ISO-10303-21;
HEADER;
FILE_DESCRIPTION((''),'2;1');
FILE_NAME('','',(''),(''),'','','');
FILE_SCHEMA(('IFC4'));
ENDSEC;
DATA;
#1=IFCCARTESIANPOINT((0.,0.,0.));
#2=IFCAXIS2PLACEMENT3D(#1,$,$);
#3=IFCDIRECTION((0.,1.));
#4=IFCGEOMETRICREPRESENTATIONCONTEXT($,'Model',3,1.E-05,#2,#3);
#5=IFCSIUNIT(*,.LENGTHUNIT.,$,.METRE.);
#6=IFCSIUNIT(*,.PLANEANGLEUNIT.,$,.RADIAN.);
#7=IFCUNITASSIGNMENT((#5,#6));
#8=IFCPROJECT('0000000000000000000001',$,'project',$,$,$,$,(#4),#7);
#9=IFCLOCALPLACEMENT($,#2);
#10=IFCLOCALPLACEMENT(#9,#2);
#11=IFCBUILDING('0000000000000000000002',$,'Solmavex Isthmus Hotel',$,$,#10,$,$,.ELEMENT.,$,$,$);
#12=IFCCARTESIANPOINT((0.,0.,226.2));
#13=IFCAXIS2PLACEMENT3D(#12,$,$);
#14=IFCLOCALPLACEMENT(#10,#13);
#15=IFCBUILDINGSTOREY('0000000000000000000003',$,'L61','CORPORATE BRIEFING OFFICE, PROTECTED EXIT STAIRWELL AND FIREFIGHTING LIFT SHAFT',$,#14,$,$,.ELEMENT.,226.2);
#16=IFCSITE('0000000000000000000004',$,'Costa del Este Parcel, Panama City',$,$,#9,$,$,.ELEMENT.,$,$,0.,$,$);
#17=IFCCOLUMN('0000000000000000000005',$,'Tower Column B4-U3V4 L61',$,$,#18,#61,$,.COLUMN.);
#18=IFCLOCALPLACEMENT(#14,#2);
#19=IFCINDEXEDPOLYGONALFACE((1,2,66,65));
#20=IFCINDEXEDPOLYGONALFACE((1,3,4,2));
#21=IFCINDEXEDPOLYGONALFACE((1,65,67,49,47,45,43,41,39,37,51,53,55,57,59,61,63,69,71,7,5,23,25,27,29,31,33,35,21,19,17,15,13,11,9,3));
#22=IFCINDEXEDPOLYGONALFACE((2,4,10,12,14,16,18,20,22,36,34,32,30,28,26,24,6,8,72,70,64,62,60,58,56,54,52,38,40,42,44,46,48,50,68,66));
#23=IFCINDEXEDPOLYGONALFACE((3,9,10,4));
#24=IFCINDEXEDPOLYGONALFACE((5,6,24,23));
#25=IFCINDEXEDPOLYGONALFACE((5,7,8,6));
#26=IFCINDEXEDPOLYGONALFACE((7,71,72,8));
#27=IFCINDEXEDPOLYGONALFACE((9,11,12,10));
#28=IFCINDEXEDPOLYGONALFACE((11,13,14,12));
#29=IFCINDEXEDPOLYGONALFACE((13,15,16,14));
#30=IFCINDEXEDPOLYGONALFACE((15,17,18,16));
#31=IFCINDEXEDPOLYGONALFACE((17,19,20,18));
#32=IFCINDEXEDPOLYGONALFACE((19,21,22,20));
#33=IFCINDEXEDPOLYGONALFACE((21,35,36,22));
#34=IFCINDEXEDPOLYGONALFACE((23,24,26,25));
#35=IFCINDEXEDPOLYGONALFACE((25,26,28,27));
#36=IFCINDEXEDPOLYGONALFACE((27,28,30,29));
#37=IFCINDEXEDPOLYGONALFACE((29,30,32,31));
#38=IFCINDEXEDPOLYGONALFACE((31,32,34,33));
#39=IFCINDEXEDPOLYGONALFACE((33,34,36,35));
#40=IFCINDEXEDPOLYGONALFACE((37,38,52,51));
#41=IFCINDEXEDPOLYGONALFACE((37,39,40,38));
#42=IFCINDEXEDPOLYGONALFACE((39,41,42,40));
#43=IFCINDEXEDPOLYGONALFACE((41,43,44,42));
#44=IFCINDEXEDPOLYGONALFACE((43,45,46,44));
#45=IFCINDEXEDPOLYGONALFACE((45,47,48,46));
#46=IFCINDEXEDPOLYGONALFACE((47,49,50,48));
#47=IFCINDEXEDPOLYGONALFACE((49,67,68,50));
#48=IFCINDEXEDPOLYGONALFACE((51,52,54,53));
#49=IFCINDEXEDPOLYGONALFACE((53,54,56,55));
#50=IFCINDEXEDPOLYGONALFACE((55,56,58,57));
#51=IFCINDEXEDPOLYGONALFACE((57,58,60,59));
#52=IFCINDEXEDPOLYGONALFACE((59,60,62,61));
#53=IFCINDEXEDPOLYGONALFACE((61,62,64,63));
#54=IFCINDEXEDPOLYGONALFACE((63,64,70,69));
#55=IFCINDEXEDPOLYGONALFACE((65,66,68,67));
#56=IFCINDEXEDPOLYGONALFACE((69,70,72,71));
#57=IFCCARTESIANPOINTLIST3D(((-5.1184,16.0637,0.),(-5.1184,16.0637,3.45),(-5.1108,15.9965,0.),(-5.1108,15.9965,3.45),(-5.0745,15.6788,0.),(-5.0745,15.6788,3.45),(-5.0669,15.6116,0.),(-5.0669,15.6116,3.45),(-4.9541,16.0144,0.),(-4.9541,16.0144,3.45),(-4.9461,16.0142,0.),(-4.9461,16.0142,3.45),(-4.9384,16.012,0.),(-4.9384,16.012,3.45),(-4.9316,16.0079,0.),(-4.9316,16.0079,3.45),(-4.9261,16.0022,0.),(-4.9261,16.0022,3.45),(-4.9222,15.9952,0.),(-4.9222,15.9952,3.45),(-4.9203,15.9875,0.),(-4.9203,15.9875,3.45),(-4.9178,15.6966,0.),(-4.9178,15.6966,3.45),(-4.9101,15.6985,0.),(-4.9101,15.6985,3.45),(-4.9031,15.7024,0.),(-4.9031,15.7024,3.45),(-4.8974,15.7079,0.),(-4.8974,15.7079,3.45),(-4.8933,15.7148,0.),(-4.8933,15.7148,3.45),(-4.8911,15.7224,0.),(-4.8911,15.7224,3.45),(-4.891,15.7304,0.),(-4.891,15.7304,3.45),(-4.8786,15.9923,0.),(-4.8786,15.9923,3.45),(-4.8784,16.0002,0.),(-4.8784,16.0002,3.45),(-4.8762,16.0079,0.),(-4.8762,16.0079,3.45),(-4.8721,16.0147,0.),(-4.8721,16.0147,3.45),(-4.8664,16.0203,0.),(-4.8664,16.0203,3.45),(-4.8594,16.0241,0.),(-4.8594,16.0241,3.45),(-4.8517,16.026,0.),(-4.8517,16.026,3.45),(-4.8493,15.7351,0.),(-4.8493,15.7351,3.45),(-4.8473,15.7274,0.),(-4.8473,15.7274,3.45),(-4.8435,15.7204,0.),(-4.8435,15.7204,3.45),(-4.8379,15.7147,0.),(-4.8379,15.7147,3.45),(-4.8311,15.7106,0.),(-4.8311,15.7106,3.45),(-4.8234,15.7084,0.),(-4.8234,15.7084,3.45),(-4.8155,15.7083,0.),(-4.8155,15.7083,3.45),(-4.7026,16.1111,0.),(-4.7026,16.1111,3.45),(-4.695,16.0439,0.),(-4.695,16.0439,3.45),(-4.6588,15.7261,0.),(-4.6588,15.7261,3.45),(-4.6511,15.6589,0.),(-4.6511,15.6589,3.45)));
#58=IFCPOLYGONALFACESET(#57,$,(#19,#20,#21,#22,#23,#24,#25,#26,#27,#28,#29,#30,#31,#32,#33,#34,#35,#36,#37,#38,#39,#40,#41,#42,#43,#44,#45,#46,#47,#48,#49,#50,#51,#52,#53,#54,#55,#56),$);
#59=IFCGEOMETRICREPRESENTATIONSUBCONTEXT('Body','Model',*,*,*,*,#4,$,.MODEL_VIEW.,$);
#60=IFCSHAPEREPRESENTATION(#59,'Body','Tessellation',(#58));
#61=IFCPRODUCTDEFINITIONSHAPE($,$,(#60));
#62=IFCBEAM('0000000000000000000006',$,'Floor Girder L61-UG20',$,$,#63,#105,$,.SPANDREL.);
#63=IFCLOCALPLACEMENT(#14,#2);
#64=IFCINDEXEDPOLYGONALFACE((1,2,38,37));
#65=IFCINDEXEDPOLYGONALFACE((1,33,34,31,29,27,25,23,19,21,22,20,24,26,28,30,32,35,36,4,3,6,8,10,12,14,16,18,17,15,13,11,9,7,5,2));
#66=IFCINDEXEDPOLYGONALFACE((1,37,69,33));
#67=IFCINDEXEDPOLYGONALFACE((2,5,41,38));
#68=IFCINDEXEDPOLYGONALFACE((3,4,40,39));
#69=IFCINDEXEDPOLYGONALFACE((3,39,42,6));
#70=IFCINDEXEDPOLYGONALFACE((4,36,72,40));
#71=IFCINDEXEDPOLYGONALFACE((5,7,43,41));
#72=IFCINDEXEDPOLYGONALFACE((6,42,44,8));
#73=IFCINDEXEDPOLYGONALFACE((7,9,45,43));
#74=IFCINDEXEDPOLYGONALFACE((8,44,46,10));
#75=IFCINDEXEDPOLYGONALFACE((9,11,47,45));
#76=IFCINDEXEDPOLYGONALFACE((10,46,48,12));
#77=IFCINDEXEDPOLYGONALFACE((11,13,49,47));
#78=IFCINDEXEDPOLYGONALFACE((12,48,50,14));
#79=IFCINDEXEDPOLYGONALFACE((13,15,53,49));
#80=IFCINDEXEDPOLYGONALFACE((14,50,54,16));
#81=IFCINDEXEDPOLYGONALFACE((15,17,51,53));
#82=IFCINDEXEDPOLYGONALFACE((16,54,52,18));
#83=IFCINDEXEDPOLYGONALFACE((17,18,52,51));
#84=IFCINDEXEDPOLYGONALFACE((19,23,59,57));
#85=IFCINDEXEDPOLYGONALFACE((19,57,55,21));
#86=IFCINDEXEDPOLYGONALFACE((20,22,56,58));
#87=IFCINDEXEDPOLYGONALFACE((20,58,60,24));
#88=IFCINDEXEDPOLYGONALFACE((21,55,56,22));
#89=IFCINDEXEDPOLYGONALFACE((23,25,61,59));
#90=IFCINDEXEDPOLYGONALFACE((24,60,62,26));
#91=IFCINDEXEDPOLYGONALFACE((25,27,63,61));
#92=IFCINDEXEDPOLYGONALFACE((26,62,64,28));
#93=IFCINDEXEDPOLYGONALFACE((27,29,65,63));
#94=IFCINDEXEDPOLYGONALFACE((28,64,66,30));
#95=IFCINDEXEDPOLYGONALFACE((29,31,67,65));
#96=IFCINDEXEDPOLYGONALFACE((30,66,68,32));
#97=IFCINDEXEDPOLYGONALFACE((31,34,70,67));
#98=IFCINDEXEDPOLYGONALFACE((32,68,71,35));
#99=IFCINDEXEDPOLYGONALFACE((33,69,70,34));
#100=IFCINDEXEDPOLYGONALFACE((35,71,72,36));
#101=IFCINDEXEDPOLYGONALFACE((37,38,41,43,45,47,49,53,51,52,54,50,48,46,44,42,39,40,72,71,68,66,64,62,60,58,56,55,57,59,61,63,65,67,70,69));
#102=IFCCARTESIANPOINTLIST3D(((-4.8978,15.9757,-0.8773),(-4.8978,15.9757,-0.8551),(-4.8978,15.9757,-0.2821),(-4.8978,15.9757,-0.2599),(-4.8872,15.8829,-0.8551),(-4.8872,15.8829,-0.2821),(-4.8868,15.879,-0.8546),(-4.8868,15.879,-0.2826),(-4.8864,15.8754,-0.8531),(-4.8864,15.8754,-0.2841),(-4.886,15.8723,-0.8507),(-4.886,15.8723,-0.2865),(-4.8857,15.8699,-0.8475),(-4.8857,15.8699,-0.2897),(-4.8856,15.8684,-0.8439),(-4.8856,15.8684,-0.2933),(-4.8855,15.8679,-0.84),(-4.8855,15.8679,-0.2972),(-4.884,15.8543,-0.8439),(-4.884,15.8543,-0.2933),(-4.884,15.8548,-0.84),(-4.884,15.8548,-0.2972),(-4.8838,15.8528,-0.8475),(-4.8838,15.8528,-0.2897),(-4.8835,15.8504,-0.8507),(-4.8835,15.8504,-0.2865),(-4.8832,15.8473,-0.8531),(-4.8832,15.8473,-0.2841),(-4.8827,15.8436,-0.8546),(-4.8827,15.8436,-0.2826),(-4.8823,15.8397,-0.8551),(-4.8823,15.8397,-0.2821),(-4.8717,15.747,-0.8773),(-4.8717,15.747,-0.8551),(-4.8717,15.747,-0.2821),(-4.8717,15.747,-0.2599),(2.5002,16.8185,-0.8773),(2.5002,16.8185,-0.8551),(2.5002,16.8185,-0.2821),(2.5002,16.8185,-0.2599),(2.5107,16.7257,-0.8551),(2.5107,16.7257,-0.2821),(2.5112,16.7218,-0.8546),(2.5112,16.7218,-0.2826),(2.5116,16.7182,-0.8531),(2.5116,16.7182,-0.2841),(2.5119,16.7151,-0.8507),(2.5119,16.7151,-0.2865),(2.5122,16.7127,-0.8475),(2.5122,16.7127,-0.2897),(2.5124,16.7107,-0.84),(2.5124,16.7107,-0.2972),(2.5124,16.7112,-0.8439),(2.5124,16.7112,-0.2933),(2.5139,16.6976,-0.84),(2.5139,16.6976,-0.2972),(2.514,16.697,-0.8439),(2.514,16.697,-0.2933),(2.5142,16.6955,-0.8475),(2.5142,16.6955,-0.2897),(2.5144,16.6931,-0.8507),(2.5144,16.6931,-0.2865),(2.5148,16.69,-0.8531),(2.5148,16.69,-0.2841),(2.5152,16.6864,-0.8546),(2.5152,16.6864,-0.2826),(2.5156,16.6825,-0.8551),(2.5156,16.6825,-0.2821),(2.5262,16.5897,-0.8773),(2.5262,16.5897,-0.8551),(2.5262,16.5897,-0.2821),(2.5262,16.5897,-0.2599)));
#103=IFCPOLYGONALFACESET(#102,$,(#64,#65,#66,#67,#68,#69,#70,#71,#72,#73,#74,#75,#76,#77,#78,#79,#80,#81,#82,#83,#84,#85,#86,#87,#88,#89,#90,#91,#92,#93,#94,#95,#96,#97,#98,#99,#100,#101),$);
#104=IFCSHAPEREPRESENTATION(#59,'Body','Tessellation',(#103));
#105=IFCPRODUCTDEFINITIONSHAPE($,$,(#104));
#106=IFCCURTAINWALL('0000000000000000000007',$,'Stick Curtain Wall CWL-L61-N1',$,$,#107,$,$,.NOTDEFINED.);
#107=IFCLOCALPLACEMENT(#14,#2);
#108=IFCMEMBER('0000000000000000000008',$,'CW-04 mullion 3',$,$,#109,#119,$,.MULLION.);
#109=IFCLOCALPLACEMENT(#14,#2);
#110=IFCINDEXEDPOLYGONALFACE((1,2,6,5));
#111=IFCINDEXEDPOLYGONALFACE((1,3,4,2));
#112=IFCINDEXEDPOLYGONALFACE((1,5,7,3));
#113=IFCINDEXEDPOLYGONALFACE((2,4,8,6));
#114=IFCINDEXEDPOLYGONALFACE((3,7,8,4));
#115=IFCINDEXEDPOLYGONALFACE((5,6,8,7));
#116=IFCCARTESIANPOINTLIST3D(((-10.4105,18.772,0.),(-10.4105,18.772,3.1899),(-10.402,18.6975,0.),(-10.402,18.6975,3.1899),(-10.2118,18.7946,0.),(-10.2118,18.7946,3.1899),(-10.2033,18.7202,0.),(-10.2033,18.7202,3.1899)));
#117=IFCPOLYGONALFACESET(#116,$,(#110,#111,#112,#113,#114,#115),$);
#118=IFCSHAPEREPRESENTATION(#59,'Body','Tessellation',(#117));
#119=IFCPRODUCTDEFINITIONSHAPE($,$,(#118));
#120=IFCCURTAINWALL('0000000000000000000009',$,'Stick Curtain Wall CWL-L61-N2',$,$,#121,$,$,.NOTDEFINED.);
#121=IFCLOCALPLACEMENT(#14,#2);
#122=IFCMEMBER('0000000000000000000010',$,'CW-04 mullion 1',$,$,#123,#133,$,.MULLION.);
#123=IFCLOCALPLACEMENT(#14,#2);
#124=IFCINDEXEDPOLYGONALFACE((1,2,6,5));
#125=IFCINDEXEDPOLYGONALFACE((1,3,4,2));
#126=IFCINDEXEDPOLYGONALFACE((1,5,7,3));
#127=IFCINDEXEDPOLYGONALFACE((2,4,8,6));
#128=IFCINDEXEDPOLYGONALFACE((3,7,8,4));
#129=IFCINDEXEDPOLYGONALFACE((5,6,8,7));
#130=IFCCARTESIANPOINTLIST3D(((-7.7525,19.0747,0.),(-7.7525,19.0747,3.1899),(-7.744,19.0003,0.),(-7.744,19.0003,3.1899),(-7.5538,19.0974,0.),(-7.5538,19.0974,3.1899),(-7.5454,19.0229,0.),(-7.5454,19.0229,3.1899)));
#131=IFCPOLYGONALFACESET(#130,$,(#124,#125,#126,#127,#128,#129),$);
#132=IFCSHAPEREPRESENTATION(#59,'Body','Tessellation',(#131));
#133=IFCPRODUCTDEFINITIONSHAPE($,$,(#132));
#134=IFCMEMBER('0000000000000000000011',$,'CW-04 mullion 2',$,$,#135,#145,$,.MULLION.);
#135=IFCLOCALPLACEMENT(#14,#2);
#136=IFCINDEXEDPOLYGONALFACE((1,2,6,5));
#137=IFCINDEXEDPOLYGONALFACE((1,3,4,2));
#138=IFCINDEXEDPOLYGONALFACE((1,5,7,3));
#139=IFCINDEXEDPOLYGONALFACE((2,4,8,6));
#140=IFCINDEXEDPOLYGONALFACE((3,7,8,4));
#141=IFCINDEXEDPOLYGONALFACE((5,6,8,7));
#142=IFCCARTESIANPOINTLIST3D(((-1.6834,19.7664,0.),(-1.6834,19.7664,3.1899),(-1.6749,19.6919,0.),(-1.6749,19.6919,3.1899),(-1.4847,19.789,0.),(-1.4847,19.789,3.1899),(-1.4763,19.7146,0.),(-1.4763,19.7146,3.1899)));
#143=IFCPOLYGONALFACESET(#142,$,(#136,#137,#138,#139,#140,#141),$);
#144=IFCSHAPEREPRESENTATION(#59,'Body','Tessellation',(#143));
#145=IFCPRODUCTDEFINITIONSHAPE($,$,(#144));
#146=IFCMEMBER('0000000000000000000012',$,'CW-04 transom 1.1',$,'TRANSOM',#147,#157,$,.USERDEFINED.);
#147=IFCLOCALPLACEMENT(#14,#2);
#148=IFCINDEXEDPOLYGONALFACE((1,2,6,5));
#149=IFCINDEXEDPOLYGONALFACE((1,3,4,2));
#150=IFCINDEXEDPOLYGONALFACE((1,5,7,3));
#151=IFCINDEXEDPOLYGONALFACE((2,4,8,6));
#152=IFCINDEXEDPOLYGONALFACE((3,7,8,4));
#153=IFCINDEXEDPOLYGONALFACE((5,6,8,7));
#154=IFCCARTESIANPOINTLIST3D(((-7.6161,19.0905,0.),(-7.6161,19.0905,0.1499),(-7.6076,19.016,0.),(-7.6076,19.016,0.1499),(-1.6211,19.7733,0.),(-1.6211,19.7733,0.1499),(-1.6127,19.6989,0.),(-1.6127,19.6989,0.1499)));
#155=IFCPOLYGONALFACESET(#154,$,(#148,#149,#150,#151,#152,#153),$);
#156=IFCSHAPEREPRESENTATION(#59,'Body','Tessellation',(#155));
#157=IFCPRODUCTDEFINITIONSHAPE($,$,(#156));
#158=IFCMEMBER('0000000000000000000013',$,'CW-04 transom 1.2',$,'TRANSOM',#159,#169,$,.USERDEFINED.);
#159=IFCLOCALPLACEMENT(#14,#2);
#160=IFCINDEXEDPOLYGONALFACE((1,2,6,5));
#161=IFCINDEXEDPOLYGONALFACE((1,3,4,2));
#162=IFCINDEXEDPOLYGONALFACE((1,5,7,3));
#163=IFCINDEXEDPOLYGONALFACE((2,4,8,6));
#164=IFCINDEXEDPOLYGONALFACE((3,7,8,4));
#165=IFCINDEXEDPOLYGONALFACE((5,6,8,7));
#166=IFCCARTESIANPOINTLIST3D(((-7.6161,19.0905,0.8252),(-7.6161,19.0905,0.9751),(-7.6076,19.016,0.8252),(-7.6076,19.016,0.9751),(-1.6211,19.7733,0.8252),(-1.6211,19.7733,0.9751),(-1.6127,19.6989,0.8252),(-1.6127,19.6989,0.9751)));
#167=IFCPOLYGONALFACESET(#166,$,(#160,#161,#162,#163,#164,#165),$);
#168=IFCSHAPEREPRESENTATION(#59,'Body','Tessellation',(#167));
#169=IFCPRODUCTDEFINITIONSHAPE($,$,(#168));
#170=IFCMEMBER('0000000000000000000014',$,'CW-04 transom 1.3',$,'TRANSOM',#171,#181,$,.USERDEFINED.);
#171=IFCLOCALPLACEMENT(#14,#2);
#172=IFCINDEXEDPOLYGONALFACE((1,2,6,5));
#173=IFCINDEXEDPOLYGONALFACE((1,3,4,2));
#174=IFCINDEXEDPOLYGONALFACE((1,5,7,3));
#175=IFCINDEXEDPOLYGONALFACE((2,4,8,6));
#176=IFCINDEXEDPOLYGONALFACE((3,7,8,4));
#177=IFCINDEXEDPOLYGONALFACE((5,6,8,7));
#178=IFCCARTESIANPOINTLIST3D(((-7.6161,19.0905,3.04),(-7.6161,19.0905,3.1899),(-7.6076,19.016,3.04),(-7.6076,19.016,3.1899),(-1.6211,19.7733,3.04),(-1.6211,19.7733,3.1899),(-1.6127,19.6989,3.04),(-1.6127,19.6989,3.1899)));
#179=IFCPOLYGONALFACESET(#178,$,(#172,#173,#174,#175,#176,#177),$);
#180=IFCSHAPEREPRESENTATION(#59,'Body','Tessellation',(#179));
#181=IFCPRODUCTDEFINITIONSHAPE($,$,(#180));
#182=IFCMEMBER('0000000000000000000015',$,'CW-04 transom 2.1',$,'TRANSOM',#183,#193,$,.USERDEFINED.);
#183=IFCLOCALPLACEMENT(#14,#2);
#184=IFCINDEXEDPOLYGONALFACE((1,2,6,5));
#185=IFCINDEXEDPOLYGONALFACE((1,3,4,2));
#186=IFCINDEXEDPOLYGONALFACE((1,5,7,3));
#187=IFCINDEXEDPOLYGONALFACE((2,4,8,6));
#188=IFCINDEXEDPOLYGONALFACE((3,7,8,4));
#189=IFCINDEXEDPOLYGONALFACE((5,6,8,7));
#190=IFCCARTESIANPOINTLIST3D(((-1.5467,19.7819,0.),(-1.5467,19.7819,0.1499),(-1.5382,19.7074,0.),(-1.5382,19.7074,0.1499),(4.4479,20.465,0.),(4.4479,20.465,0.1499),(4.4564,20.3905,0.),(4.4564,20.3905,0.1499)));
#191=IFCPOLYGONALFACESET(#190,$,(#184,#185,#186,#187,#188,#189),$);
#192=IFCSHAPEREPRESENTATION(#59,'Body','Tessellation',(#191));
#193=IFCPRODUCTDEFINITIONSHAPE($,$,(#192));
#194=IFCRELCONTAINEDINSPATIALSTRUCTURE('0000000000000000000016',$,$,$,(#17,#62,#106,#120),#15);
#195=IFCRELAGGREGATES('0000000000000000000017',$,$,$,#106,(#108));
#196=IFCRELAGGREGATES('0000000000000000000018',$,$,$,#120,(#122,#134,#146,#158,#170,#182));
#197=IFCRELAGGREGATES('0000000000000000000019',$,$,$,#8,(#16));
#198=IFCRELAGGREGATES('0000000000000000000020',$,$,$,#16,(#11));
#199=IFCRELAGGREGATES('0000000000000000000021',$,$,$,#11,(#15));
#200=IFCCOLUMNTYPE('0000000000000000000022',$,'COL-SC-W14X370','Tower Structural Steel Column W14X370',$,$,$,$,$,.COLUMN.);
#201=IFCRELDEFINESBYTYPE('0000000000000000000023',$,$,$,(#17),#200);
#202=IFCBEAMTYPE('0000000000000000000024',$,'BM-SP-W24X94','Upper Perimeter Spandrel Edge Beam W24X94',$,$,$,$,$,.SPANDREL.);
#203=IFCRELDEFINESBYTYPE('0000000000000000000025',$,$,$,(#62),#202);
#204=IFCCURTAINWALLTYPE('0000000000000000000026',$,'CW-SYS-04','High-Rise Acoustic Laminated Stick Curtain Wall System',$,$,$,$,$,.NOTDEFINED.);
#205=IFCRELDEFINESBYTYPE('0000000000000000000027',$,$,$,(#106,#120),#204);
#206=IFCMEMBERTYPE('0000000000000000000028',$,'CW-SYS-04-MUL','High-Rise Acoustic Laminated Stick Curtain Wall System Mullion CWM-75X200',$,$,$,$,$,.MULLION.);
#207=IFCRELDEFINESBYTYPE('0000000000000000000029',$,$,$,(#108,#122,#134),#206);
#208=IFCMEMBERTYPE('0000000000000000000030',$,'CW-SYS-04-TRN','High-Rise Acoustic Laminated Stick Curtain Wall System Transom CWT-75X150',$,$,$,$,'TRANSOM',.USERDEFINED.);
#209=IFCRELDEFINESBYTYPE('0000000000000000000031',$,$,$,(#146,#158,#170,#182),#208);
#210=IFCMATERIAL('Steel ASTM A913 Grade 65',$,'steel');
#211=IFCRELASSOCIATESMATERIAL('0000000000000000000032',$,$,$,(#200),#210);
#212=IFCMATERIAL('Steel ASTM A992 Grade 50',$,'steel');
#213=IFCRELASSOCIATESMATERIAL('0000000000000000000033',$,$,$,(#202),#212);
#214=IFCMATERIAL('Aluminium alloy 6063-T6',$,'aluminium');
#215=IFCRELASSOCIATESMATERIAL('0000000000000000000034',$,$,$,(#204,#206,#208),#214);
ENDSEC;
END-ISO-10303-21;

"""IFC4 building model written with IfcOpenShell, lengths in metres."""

from ifc_helpers import new_model, si_unit, direction, frame, origin, origin_2d, place, context, subcontext, project, spatial, rectangle, i_section, extrude, material, material_profile, profile_set, type_object, element, aggregate, save


model = new_model("IFC4")

# Units and contexts
model_context = context("Model", 3, precision=1e-05, world=origin(), true_north=direction((0.0, 1.0)))
body_context = subcontext(model_context, "Body", "Model", "MODEL_VIEW")
ifc_project = project(units=[si_unit("LENGTHUNIT", "METRE"), si_unit("PLANEANGLEUNIT", "RADIAN")], contexts=[model_context])

# Site, building, storey
site_placement = place(None, origin())
site = spatial("IfcSite", under=ifc_project, at=site_placement, Name="Costa del Este Parcel, Panama City", CompositionType="ELEMENT", RefElevation=0.0)
building_placement = place(site_placement, origin())
building = spatial("IfcBuilding", under=site, at=building_placement, Name="Solmavex Isthmus Hotel", CompositionType="ELEMENT")
storey_placement = place(building_placement, frame((0.0, 0.0, 226.2)))
storey = spatial("IfcBuildingStorey", under=building, at=storey_placement, Name="L61", Description="CORPORATE BRIEFING OFFICE, PROTECTED EXIT STAIRWELL AND FIREFIGHTING LIFT SHAFT", CompositionType="ELEMENT", Elevation=226.2)

# Column
ifc_material_1 = material(Name="Steel ASTM A913 Grade 65", Category="steel")
ifc_material_profile_1 = material_profile(ifc_material_1, i_section(OverallWidth=0.4185, OverallDepth=0.4551, WebThickness=0.042, FlangeThickness=0.0676, FilletRadius=0.0305, at=origin_2d()), Name="W14X370")
ifc_profile_set_1 = profile_set([ifc_material_profile_1], Name="Steel ASTM A913 Grade 65")
column_type = type_object("IfcColumnType", Name="COL-SC-W14X370", Description="Tower Structural Steel Column W14X370", PredefinedType="COLUMN", material=ifc_profile_set_1)
column_placement = place(storey_placement, frame((-4.8848, 15.8613, 0.0), z_axis=(0.0, 0.0, 1.0), x_axis=(0.993572, 0.113203, 0.0)))
element("IfcColumn", 1, at=column_placement, inside=storey, type_object=column_type, Name="Tower Column B4-U3V4 L61", PredefinedType="COLUMN", context=body_context, shape_type="SweptSolid", body=[
    extrude(i_section(OverallWidth=0.4185, OverallDepth=0.4551, WebThickness=0.042, FlangeThickness=0.0676, FilletRadius=0.0305, at=origin_2d()), origin(), (0.0, 0.0, 1.0), 3.45),
])

# Beam
ifc_material_2 = material(Name="Steel ASTM A992 Grade 50", Category="steel")
ifc_material_profile_2 = material_profile(ifc_material_2, i_section(OverallWidth=0.2302, OverallDepth=0.6174, WebThickness=0.0132, FlangeThickness=0.0222, FilletRadius=0.0151, at=origin_2d()), Name="W24X94")
ifc_profile_set_2 = profile_set([ifc_material_profile_2], Name="Steel ASTM A992 Grade 50")
beam_type = type_object("IfcBeamType", Name="BM-SP-W24X94", Description="Upper Perimeter Spandrel Edge Beam W24X94", PredefinedType="SPANDREL", material=ifc_profile_set_2)
beam_placement = place(storey_placement, frame((-4.8848, 15.8613, -0.5686), z_axis=(0.993574, 0.113188, 0.0), x_axis=(-0.113188, 0.993574, 0.0)))
element("IfcBeam", 2, at=beam_placement, inside=storey, type_object=beam_type, Name="Floor Girder L61-UG20", PredefinedType="SPANDREL", context=body_context, shape_type="SweptSolid", body=[
    extrude(i_section(OverallWidth=0.2302, OverallDepth=0.6174, WebThickness=0.0132, FlangeThickness=0.0222, FilletRadius=0.0151, at=origin_2d()), origin(), (0.0, 0.0, 1.0), 7.4458),
])

# Curtain wall, member
ifc_material_3 = material(Name="Aluminium alloy 6063-T6", Category="aluminium")
curtain_wall_type = type_object("IfcCurtainWallType", Name="CW-SYS-04", Description="High-Rise Acoustic Laminated Stick Curtain Wall System", PredefinedType="NOTDEFINED", material=ifc_material_3)
curtain_wall_1_placement = place(storey_placement, origin())
curtain_wall_1 = element("IfcCurtainWall", 3, at=curtain_wall_1_placement, inside=storey, type_object=curtain_wall_type, Name="Stick Curtain Wall CWL-L61-N1", PredefinedType="NOTDEFINED")
ifc_material_profile_3 = material_profile(ifc_material_3, rectangle(XDim=0.075, YDim=0.2, at=origin_2d()), Name="CWM-75X200")
ifc_profile_set_3 = profile_set([ifc_material_profile_3], Name="Aluminium alloy 6063-T6")
member_type_1 = type_object("IfcMemberType", Name="CW-SYS-04-MUL", Description="High-Rise Acoustic Laminated Stick Curtain Wall System Mullion CWM-75X200", PredefinedType="MULLION", material=ifc_profile_set_3)
member_1_placement = place(storey_placement, frame((-10.3069, 18.7461, 0.0), z_axis=(0.0, 0.0, 1.0), x_axis=(-0.113203, 0.993572, 0.0)))
member_1 = element("IfcMember", 4, at=member_1_placement, type_object=member_type_1, Name="CW-04 mullion 3", PredefinedType="MULLION", context=body_context, shape_type="SweptSolid", body=[
    extrude(rectangle(XDim=0.075, YDim=0.2, at=origin_2d()), origin(), (0.0, 0.0, 1.0), 3.1899),
])

# Curtain wall, members
curtain_wall_2_placement = place(storey_placement, origin())
curtain_wall_2 = element("IfcCurtainWall", 5, at=curtain_wall_2_placement, inside=storey, type_object=curtain_wall_type, Name="Stick Curtain Wall CWL-L61-N2", PredefinedType="NOTDEFINED")
member_2_placement = place(storey_placement, frame((-7.6489, 19.0488, 0.0), z_axis=(0.0, 0.0, 1.0), x_axis=(-0.113203, 0.993572, 0.0)))
member_2 = element("IfcMember", 6, at=member_2_placement, type_object=member_type_1, Name="CW-04 mullion 1", PredefinedType="MULLION", context=body_context, shape_type="SweptSolid", body=[
    extrude(rectangle(XDim=0.075, YDim=0.2, at=origin_2d()), origin(), (0.0, 0.0, 1.0), 3.1899),
])
member_3_placement = place(storey_placement, frame((-1.5798, 19.7405, 0.0), z_axis=(0.0, 0.0, 1.0), x_axis=(-0.113203, 0.993572, 0.0)))
member_3 = element("IfcMember", 7, at=member_3_placement, type_object=member_type_1, Name="CW-04 mullion 2", PredefinedType="MULLION", context=body_context, shape_type="SweptSolid", body=[
    extrude(rectangle(XDim=0.075, YDim=0.2, at=origin_2d()), origin(), (0.0, 0.0, 1.0), 3.1899),
])
ifc_material_profile_4 = material_profile(ifc_material_3, rectangle(XDim=0.075, YDim=0.1499, at=origin_2d()), Name="CWT-75X150")
ifc_profile_set_4 = profile_set([ifc_material_profile_4], Name="Aluminium alloy 6063-T6")
member_type_2 = type_object("IfcMemberType", Name="CW-SYS-04-TRN", Description="High-Rise Acoustic Laminated Stick Curtain Wall System Transom CWT-75X150", ElementType="TRANSOM", PredefinedType="USERDEFINED", material=ifc_profile_set_4)
member_4_placement = place(storey_placement, frame((-7.6118, 19.0532, 0.075), z_axis=(0.993575, 0.113176, 0.0), x_axis=(-0.113176, 0.993575, 0.0)))
member_4 = element("IfcMember", 8, at=member_4_placement, type_object=member_type_2, Name="CW-04 transom 1.1", ObjectType="TRANSOM", PredefinedType="USERDEFINED", context=body_context, shape_type="SweptSolid", body=[
    extrude(rectangle(XDim=0.075, YDim=0.1499, at=origin_2d()), origin(), (0.0, 0.0, 1.0), 6.0337),
])
member_5_placement = place(storey_placement, frame((-7.6118, 19.0532, 0.9001), z_axis=(0.993575, 0.113176, 0.0), x_axis=(-0.113176, 0.993575, 0.0)))
member_5 = element("IfcMember", 9, at=member_5_placement, type_object=member_type_2, Name="CW-04 transom 1.2", ObjectType="TRANSOM", PredefinedType="USERDEFINED", context=body_context, shape_type="SweptSolid", body=[
    extrude(rectangle(XDim=0.075, YDim=0.1499, at=origin_2d()), origin(), (0.0, 0.0, 1.0), 6.0337),
])
member_6_placement = place(storey_placement, frame((-7.6118, 19.0532, 3.115), z_axis=(0.993575, 0.113176, 0.0), x_axis=(-0.113176, 0.993575, 0.0)))
member_6 = element("IfcMember", 10, at=member_6_placement, type_object=member_type_2, Name="CW-04 transom 1.3", ObjectType="TRANSOM", PredefinedType="USERDEFINED", context=body_context, shape_type="SweptSolid", body=[
    extrude(rectangle(XDim=0.075, YDim=0.1499, at=origin_2d()), origin(), (0.0, 0.0, 1.0), 6.0337),
])
member_7_placement = place(storey_placement, frame((-1.5425, 19.7446, 0.075), z_axis=(0.99357, 0.11322, 0.0), x_axis=(-0.11322, 0.99357, 0.0)))
member_7 = element("IfcMember", 11, at=member_7_placement, type_object=member_type_2, Name="CW-04 transom 2.1", ObjectType="TRANSOM", PredefinedType="USERDEFINED", context=body_context, shape_type="SweptSolid", body=[
    extrude(rectangle(XDim=0.075, YDim=0.1499, at=origin_2d()), origin(), (0.0, 0.0, 1.0), 6.0334),
])

aggregate(curtain_wall_1, [member_1])
aggregate(curtain_wall_2, [member_2, member_3, member_4, member_5, member_6, member_7])

save(model, "model.ifc")
